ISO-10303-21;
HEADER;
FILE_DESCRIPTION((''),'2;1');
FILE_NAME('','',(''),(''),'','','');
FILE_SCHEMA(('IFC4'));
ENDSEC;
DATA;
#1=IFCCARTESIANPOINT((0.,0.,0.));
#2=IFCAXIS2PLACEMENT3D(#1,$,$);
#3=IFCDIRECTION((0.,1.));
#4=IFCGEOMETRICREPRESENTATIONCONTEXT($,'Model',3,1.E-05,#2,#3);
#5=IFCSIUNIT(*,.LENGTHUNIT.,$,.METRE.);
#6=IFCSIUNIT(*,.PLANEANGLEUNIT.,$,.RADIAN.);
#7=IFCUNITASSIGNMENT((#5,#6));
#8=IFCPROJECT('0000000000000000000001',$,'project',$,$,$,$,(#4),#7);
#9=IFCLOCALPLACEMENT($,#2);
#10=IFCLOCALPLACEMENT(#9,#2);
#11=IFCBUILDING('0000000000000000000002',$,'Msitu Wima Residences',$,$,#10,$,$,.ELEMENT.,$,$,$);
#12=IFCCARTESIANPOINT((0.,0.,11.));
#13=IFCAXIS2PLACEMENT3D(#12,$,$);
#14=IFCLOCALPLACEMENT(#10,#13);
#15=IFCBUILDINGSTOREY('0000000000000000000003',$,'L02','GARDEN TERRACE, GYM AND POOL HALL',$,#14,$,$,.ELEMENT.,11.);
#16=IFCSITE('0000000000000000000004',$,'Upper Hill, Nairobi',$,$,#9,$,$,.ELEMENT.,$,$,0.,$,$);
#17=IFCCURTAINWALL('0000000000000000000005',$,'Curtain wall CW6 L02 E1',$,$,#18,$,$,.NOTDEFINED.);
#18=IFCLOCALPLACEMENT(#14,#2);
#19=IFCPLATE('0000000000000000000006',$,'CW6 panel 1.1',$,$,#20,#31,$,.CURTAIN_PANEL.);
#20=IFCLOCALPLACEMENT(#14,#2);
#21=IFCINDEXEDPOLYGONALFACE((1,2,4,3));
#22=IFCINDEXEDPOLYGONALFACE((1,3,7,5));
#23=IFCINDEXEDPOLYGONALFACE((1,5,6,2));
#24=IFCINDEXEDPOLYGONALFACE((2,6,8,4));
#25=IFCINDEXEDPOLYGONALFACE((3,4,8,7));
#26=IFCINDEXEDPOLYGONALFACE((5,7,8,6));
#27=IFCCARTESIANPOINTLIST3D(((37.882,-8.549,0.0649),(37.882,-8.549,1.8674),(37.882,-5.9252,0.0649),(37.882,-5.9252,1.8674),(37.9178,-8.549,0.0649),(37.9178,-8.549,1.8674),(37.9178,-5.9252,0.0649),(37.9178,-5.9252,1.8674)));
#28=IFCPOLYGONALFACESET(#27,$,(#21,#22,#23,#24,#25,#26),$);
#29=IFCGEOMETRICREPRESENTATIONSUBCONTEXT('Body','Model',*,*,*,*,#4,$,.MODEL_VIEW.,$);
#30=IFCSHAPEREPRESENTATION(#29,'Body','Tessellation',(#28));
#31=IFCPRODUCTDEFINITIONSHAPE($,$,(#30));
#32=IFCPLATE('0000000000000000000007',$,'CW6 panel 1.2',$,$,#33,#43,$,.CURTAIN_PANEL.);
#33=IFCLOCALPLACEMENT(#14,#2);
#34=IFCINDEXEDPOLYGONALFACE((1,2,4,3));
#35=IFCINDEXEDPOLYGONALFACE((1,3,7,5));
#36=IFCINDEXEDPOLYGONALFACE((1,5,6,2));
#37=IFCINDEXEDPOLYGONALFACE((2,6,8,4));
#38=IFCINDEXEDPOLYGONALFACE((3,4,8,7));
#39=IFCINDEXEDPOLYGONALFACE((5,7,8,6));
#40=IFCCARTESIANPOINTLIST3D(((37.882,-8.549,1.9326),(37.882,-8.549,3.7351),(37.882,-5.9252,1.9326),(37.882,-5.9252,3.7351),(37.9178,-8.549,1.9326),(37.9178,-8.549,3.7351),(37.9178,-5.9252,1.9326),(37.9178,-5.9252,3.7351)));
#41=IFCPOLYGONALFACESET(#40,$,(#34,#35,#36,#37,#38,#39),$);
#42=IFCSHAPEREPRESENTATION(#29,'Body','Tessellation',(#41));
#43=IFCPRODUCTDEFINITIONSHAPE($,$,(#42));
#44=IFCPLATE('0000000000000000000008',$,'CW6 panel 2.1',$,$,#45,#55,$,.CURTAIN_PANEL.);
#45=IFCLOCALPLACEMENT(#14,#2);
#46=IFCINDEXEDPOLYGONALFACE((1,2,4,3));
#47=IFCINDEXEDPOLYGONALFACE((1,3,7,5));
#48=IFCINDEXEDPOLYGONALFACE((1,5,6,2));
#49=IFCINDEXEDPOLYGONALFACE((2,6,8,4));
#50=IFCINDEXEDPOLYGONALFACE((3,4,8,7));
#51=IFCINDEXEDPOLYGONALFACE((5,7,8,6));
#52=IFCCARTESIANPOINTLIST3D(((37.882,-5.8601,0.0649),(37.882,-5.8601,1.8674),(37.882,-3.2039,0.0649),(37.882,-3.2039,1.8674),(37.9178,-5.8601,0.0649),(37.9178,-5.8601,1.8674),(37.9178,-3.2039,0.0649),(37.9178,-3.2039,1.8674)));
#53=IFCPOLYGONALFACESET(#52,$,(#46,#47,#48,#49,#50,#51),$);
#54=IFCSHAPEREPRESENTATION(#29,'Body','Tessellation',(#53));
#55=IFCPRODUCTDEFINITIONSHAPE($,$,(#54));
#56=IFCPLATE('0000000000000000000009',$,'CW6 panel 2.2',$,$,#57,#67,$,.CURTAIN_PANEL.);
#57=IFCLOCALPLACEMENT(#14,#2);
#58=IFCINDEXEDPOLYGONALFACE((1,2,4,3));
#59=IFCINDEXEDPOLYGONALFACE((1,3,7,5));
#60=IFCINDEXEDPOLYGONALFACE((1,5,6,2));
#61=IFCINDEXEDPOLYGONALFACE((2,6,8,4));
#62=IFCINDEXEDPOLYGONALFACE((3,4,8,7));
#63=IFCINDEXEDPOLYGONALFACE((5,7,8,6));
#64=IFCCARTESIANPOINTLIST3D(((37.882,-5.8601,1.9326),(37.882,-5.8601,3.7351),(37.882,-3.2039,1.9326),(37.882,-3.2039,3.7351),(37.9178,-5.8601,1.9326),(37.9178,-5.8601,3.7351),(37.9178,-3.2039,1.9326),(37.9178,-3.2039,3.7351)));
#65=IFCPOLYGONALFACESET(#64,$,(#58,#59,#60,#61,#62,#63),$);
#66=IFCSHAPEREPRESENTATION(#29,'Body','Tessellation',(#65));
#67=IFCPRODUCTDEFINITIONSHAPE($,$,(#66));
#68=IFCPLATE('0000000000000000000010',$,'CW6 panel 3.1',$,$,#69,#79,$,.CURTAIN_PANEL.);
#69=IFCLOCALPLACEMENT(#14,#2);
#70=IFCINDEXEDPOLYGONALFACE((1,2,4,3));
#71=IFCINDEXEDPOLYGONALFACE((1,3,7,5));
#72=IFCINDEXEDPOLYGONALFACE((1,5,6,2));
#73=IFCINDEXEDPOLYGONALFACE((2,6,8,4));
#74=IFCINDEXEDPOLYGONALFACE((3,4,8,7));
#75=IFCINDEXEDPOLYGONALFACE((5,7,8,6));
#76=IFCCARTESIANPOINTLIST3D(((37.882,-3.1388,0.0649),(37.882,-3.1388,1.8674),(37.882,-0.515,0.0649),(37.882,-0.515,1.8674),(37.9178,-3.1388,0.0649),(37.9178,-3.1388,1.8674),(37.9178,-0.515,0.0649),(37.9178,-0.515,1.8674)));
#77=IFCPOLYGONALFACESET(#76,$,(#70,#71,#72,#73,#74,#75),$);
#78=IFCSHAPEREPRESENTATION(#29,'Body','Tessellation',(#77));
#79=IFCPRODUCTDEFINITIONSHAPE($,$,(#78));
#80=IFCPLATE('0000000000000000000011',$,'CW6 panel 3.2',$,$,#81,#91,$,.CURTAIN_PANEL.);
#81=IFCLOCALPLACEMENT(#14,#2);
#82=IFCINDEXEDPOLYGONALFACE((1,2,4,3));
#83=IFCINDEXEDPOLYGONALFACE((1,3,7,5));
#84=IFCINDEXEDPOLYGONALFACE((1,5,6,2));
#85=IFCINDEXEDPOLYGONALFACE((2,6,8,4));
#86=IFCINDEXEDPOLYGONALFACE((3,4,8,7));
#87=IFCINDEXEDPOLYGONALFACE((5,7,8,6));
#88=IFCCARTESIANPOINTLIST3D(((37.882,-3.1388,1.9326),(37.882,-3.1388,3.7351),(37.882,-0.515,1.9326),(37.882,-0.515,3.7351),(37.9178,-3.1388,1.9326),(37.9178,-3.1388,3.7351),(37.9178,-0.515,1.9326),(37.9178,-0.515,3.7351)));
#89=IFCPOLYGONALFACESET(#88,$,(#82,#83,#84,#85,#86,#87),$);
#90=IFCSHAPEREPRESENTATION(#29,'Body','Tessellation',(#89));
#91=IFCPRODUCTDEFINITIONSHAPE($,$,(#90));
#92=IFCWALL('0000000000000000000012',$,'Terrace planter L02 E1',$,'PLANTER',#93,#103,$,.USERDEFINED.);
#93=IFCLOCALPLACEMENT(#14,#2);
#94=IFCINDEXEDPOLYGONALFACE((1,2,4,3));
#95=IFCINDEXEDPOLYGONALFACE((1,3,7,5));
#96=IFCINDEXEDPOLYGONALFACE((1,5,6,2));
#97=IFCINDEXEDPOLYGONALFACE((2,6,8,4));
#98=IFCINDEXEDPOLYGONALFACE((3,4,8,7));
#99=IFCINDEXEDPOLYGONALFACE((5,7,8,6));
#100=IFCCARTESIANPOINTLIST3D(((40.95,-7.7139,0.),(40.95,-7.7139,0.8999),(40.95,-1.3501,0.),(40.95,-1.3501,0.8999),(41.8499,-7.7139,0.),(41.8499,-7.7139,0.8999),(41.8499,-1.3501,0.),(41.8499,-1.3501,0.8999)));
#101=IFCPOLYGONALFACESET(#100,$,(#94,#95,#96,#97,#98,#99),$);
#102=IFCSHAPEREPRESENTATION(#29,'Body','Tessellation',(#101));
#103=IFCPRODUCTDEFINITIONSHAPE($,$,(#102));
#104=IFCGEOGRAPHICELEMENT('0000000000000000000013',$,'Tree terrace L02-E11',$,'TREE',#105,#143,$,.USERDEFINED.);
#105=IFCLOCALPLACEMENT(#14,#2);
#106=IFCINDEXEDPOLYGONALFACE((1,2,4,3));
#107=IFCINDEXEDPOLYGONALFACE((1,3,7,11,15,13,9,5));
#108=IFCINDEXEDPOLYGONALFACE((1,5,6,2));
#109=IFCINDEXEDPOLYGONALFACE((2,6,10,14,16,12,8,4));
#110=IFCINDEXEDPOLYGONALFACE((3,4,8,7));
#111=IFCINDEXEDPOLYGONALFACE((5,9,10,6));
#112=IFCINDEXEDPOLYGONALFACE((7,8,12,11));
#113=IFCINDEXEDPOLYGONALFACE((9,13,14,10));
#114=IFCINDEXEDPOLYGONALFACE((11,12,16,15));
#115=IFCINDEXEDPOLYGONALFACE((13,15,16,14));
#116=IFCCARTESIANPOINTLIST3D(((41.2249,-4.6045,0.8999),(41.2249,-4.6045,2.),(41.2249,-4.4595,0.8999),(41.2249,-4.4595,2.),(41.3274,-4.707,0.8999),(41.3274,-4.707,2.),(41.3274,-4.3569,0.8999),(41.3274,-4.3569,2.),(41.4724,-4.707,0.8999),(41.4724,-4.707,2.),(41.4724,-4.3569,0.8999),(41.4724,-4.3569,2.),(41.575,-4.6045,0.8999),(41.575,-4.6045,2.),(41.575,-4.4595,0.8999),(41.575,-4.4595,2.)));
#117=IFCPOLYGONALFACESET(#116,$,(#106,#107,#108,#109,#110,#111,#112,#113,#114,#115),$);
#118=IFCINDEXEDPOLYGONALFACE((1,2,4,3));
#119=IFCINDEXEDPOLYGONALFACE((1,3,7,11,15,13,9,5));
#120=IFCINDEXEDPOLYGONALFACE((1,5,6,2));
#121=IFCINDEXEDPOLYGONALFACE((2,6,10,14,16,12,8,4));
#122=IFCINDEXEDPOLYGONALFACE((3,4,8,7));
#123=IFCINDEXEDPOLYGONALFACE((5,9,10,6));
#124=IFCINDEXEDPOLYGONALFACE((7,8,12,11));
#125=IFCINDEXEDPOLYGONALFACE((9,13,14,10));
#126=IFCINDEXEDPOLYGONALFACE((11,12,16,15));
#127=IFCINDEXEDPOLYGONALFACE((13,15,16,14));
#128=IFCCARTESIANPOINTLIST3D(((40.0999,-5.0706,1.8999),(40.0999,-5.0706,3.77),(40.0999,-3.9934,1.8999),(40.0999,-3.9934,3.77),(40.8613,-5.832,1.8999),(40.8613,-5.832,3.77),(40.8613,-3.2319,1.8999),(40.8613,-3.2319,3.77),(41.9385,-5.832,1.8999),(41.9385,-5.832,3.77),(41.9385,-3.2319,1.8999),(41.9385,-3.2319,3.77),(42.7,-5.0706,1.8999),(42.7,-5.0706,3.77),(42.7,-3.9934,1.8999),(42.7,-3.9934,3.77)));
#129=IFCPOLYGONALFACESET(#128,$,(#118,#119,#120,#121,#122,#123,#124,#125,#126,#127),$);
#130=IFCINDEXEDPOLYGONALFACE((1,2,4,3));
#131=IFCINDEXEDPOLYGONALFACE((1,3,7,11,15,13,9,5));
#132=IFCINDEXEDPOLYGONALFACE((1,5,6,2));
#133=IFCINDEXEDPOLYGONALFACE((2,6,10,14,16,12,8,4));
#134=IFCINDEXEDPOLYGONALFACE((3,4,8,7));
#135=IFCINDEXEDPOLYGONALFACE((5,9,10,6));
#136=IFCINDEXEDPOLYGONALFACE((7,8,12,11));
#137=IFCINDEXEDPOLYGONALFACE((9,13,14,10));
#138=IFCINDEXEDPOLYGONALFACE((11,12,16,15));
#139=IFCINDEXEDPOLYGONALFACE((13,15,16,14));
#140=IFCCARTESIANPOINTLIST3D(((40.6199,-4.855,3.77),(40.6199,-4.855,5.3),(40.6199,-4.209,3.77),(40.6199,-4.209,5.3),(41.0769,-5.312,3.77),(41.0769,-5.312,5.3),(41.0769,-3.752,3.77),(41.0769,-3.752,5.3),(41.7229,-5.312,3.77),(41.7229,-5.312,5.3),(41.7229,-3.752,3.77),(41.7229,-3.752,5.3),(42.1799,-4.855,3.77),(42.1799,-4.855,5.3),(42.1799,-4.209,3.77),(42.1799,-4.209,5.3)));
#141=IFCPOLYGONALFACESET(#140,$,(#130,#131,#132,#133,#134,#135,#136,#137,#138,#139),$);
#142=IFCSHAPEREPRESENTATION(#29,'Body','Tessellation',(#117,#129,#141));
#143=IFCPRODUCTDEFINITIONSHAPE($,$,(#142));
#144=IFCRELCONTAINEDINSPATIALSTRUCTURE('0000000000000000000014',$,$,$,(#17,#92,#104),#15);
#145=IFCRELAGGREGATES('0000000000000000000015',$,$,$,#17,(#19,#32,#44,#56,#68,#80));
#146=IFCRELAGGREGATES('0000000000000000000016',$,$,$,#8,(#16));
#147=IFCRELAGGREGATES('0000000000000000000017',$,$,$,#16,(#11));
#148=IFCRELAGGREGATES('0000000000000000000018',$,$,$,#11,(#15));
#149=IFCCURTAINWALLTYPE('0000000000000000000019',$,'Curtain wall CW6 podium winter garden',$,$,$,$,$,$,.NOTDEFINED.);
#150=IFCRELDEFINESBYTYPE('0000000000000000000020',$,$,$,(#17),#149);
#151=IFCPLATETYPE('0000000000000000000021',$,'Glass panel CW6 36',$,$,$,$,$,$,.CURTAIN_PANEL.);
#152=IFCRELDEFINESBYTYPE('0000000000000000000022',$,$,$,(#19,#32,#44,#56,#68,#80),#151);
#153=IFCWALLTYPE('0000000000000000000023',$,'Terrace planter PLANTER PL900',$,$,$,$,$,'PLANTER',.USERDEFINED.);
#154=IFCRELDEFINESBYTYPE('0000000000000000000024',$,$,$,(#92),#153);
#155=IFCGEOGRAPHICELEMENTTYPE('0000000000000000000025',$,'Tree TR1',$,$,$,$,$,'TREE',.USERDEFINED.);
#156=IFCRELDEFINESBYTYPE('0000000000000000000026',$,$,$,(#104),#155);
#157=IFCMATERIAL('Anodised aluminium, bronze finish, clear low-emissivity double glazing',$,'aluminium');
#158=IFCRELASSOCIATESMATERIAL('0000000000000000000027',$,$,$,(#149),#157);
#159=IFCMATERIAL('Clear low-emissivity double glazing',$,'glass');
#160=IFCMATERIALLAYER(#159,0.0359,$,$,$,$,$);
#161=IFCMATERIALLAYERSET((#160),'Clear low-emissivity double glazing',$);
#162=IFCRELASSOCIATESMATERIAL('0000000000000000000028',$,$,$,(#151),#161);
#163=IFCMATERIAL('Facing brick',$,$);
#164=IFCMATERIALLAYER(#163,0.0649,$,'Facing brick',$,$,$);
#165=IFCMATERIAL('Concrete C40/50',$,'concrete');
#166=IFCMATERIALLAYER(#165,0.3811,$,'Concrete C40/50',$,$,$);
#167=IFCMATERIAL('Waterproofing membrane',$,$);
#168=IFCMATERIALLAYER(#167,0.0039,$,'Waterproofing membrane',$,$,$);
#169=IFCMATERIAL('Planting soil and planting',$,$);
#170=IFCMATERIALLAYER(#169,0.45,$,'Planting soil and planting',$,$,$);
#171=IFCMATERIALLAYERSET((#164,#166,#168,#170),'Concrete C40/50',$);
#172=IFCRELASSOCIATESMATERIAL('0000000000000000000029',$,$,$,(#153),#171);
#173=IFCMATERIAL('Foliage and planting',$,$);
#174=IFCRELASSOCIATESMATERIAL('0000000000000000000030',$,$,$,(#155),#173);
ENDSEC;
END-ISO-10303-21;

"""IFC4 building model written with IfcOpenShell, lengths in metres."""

from ifc_helpers import new_model, si_unit, direction, frame, frame_2d, origin, origin_2d, place, context, subcontext, project, spatial, polyline, rectangle, outline, extrude, material, layer, layer_set, type_object, element, aggregate, save


model = new_model("IFC4")

# Units and contexts
model_context = context("Model", 3, precision=1e-05, world=origin(), true_north=direction((0.0, 1.0)))
body_context = subcontext(model_context, "Body", "Model", "MODEL_VIEW")
ifc_project = project(units=[si_unit("LENGTHUNIT", "METRE"), si_unit("PLANEANGLEUNIT", "RADIAN")], contexts=[model_context])

# Site, building, storey
site_placement = place(None, origin())
site = spatial("IfcSite", under=ifc_project, at=site_placement, Name="Upper Hill, Nairobi", CompositionType="ELEMENT", RefElevation=0.0)
building_placement = place(site_placement, origin())
building = spatial("IfcBuilding", under=site, at=building_placement, Name="Msitu Wima Residences", CompositionType="ELEMENT")
storey_placement = place(building_placement, frame((0.0, 0.0, 11.0)))
storey = spatial("IfcBuildingStorey", under=building, at=storey_placement, Name="L02", Description="GARDEN TERRACE, GYM AND POOL HALL", CompositionType="ELEMENT", Elevation=11.0)

# Shared definitions
ifc_material_1 = material(Name="Anodised aluminium, bronze finish, clear low-emissivity double glazing", Category="aluminium")
curtain_wall_type = type_object("IfcCurtainWallType", Name="Curtain wall CW6 podium winter garden", PredefinedType="NOTDEFINED", material=ifc_material_1)

# Curtain wall, plates
curtain_wall_1_placement = place(storey_placement, origin())
curtain_wall_1 = element("IfcCurtainWall", 1, at=curtain_wall_1_placement, inside=storey, type_object=curtain_wall_type, Name="Curtain wall CW6 L02 E1", PredefinedType="NOTDEFINED")
ifc_material_2 = material(Name="Clear low-emissivity double glazing", Category="glass")
ifc_layer_1 = layer(ifc_material_2, 0.0359)
ifc_layer_set_1 = layer_set([ifc_layer_1], Name="Clear low-emissivity double glazing")
plate_type = type_object("IfcPlateType", Name="Glass panel CW6 36", PredefinedType="CURTAIN_PANEL", material=ifc_layer_set_1)
plate_1_placement = place(storey_placement, frame((37.8999, -7.2371, 0.0649), z_axis=(0.0, 0.0, 1.0), x_axis=(0.0, 1.0, 0.0)))
plate_1 = element("IfcPlate", 2, at=plate_1_placement, type_object=plate_type, Name="CW6 panel 1.1", PredefinedType="CURTAIN_PANEL", context=body_context, shape_type="SweptSolid", body=[
    extrude(rectangle(XDim=2.6238, YDim=0.0359, at=origin_2d()), origin(), (0.0, 0.0, 1.0), 1.8025),
])
plate_2_placement = place(storey_placement, frame((37.8999, -7.2371, 1.9326), z_axis=(0.0, 0.0, 1.0), x_axis=(0.0, 1.0, 0.0)))
plate_2 = element("IfcPlate", 3, at=plate_2_placement, type_object=plate_type, Name="CW6 panel 1.2", PredefinedType="CURTAIN_PANEL", context=body_context, shape_type="SweptSolid", body=[
    extrude(rectangle(XDim=2.6238, YDim=0.0359, at=origin_2d()), origin(), (0.0, 0.0, 1.0), 1.8025),
])
plate_3_placement = place(storey_placement, frame((37.8999, -4.532, 0.0649), z_axis=(0.0, 0.0, 1.0), x_axis=(0.0, 1.0, 0.0)))
plate_3 = element("IfcPlate", 4, at=plate_3_placement, type_object=plate_type, Name="CW6 panel 2.1", PredefinedType="CURTAIN_PANEL", context=body_context, shape_type="SweptSolid", body=[
    extrude(rectangle(XDim=2.6562, YDim=0.0359, at=origin_2d()), origin(), (0.0, 0.0, 1.0), 1.8025),
])
plate_4_placement = place(storey_placement, frame((37.8999, -4.532, 1.9326), z_axis=(0.0, 0.0, 1.0), x_axis=(0.0, 1.0, 0.0)))
plate_4 = element("IfcPlate", 5, at=plate_4_placement, type_object=plate_type, Name="CW6 panel 2.2", PredefinedType="CURTAIN_PANEL", context=body_context, shape_type="SweptSolid", body=[
    extrude(rectangle(XDim=2.6562, YDim=0.0359, at=origin_2d()), origin(), (0.0, 0.0, 1.0), 1.8025),
])
plate_5_placement = place(storey_placement, frame((37.8999, -1.8269, 0.0649), z_axis=(0.0, 0.0, 1.0), x_axis=(0.0, 1.0, 0.0)))
plate_5 = element("IfcPlate", 6, at=plate_5_placement, type_object=plate_type, Name="CW6 panel 3.1", PredefinedType="CURTAIN_PANEL", context=body_context, shape_type="SweptSolid", body=[
    extrude(rectangle(XDim=2.6238, YDim=0.0359, at=origin_2d()), origin(), (0.0, 0.0, 1.0), 1.8025),
])
plate_6_placement = place(storey_placement, frame((37.8999, -1.8269, 1.9326), z_axis=(0.0, 0.0, 1.0), x_axis=(0.0, 1.0, 0.0)))
plate_6 = element("IfcPlate", 7, at=plate_6_placement, type_object=plate_type, Name="CW6 panel 3.2", PredefinedType="CURTAIN_PANEL", context=body_context, shape_type="SweptSolid", body=[
    extrude(rectangle(XDim=2.6238, YDim=0.0359, at=origin_2d()), origin(), (0.0, 0.0, 1.0), 1.8025),
])
aggregate(curtain_wall_1, [plate_1, plate_2, plate_3, plate_4, plate_5, plate_6])

# Wall
ifc_material_3 = material(Name="Facing brick")
ifc_layer_2 = layer(ifc_material_3, 0.0649, Name="Facing brick")
ifc_material_4 = material(Name="Concrete C40/50", Category="concrete")
ifc_layer_3 = layer(ifc_material_4, 0.3811, Name="Concrete C40/50")
ifc_material_5 = material(Name="Waterproofing membrane")
ifc_layer_4 = layer(ifc_material_5, 0.0039, Name="Waterproofing membrane")
ifc_material_6 = material(Name="Planting soil and planting")
ifc_layer_5 = layer(ifc_material_6, 0.45, Name="Planting soil and planting")
ifc_layer_set_2 = layer_set([ifc_layer_2, ifc_layer_3, ifc_layer_4, ifc_layer_5], Name="Concrete C40/50")
wall_type = type_object("IfcWallType", Name="Terrace planter PLANTER PL900", ElementType="PLANTER", PredefinedType="USERDEFINED", material=ifc_layer_set_2)
wall_placement = place(storey_placement, frame((41.3999, -7.7139, 0.0), z_axis=(0.0, 0.0, 1.0), x_axis=(0.0, 1.0, 0.0)))
element("IfcWall", 8, at=wall_placement, inside=storey, type_object=wall_type, Name="Terrace planter L02 E1", ObjectType="PLANTER", PredefinedType="USERDEFINED", context=body_context, shape_type="SweptSolid", body=[
    extrude(rectangle(XDim=6.3638, YDim=0.8999, at=frame_2d((3.1819, 0.0))), origin(), (0.0, 0.0, 1.0), 0.8999),
])

# Geographic element
ifc_material_7 = material(Name="Foliage and planting")
geographic_element_type = type_object("IfcGeographicElementType", Name="Tree TR1", ElementType="TREE", PredefinedType="USERDEFINED", material=ifc_material_7)
geographic_element_placement = place(storey_placement, frame((41.3999, -4.532, 0.8999), z_axis=(0.0, 0.0, 1.0), x_axis=(1.0, 0.0, 0.0)))
element("IfcGeographicElement", 9, at=geographic_element_placement, inside=storey, type_object=geographic_element_type, Name="Tree terrace L02-E11", ObjectType="TREE", PredefinedType="USERDEFINED", context=body_context, shape_type="SweptSolid", body=[
    extrude(outline(polyline([(0.175, 0.0725), (0.0725, 0.175), (-0.0725, 0.175), (-0.175, 0.0725), (-0.175, -0.0725), (-0.0725, -0.175), (0.0725, -0.175), (0.175, -0.0725), (0.175, 0.0725)])), origin(), (0.0, 0.0, 1.0), 1.1001),
    extrude(outline(polyline([(1.3, 0.5386), (0.5386, 1.3), (-0.5386, 1.3), (-1.3, 0.5386), (-1.3, -0.5386), (-0.5386, -1.3), (0.5386, -1.3), (1.3, -0.5386), (1.3, 0.5386)])), frame((0.0, 0.0, 1.0)), (0.0, 0.0, 1.0), 1.8701),
    extrude(outline(polyline([(0.78, 0.323), (0.323, 0.78), (-0.323, 0.78), (-0.78, 0.323), (-0.78, -0.323), (-0.323, -0.78), (0.323, -0.78), (0.78, -0.323), (0.78, 0.323)])), frame((0.0, 0.0, 2.8701)), (0.0, 0.0, 1.0), 1.53),
])

save(model, "model.ifc")
